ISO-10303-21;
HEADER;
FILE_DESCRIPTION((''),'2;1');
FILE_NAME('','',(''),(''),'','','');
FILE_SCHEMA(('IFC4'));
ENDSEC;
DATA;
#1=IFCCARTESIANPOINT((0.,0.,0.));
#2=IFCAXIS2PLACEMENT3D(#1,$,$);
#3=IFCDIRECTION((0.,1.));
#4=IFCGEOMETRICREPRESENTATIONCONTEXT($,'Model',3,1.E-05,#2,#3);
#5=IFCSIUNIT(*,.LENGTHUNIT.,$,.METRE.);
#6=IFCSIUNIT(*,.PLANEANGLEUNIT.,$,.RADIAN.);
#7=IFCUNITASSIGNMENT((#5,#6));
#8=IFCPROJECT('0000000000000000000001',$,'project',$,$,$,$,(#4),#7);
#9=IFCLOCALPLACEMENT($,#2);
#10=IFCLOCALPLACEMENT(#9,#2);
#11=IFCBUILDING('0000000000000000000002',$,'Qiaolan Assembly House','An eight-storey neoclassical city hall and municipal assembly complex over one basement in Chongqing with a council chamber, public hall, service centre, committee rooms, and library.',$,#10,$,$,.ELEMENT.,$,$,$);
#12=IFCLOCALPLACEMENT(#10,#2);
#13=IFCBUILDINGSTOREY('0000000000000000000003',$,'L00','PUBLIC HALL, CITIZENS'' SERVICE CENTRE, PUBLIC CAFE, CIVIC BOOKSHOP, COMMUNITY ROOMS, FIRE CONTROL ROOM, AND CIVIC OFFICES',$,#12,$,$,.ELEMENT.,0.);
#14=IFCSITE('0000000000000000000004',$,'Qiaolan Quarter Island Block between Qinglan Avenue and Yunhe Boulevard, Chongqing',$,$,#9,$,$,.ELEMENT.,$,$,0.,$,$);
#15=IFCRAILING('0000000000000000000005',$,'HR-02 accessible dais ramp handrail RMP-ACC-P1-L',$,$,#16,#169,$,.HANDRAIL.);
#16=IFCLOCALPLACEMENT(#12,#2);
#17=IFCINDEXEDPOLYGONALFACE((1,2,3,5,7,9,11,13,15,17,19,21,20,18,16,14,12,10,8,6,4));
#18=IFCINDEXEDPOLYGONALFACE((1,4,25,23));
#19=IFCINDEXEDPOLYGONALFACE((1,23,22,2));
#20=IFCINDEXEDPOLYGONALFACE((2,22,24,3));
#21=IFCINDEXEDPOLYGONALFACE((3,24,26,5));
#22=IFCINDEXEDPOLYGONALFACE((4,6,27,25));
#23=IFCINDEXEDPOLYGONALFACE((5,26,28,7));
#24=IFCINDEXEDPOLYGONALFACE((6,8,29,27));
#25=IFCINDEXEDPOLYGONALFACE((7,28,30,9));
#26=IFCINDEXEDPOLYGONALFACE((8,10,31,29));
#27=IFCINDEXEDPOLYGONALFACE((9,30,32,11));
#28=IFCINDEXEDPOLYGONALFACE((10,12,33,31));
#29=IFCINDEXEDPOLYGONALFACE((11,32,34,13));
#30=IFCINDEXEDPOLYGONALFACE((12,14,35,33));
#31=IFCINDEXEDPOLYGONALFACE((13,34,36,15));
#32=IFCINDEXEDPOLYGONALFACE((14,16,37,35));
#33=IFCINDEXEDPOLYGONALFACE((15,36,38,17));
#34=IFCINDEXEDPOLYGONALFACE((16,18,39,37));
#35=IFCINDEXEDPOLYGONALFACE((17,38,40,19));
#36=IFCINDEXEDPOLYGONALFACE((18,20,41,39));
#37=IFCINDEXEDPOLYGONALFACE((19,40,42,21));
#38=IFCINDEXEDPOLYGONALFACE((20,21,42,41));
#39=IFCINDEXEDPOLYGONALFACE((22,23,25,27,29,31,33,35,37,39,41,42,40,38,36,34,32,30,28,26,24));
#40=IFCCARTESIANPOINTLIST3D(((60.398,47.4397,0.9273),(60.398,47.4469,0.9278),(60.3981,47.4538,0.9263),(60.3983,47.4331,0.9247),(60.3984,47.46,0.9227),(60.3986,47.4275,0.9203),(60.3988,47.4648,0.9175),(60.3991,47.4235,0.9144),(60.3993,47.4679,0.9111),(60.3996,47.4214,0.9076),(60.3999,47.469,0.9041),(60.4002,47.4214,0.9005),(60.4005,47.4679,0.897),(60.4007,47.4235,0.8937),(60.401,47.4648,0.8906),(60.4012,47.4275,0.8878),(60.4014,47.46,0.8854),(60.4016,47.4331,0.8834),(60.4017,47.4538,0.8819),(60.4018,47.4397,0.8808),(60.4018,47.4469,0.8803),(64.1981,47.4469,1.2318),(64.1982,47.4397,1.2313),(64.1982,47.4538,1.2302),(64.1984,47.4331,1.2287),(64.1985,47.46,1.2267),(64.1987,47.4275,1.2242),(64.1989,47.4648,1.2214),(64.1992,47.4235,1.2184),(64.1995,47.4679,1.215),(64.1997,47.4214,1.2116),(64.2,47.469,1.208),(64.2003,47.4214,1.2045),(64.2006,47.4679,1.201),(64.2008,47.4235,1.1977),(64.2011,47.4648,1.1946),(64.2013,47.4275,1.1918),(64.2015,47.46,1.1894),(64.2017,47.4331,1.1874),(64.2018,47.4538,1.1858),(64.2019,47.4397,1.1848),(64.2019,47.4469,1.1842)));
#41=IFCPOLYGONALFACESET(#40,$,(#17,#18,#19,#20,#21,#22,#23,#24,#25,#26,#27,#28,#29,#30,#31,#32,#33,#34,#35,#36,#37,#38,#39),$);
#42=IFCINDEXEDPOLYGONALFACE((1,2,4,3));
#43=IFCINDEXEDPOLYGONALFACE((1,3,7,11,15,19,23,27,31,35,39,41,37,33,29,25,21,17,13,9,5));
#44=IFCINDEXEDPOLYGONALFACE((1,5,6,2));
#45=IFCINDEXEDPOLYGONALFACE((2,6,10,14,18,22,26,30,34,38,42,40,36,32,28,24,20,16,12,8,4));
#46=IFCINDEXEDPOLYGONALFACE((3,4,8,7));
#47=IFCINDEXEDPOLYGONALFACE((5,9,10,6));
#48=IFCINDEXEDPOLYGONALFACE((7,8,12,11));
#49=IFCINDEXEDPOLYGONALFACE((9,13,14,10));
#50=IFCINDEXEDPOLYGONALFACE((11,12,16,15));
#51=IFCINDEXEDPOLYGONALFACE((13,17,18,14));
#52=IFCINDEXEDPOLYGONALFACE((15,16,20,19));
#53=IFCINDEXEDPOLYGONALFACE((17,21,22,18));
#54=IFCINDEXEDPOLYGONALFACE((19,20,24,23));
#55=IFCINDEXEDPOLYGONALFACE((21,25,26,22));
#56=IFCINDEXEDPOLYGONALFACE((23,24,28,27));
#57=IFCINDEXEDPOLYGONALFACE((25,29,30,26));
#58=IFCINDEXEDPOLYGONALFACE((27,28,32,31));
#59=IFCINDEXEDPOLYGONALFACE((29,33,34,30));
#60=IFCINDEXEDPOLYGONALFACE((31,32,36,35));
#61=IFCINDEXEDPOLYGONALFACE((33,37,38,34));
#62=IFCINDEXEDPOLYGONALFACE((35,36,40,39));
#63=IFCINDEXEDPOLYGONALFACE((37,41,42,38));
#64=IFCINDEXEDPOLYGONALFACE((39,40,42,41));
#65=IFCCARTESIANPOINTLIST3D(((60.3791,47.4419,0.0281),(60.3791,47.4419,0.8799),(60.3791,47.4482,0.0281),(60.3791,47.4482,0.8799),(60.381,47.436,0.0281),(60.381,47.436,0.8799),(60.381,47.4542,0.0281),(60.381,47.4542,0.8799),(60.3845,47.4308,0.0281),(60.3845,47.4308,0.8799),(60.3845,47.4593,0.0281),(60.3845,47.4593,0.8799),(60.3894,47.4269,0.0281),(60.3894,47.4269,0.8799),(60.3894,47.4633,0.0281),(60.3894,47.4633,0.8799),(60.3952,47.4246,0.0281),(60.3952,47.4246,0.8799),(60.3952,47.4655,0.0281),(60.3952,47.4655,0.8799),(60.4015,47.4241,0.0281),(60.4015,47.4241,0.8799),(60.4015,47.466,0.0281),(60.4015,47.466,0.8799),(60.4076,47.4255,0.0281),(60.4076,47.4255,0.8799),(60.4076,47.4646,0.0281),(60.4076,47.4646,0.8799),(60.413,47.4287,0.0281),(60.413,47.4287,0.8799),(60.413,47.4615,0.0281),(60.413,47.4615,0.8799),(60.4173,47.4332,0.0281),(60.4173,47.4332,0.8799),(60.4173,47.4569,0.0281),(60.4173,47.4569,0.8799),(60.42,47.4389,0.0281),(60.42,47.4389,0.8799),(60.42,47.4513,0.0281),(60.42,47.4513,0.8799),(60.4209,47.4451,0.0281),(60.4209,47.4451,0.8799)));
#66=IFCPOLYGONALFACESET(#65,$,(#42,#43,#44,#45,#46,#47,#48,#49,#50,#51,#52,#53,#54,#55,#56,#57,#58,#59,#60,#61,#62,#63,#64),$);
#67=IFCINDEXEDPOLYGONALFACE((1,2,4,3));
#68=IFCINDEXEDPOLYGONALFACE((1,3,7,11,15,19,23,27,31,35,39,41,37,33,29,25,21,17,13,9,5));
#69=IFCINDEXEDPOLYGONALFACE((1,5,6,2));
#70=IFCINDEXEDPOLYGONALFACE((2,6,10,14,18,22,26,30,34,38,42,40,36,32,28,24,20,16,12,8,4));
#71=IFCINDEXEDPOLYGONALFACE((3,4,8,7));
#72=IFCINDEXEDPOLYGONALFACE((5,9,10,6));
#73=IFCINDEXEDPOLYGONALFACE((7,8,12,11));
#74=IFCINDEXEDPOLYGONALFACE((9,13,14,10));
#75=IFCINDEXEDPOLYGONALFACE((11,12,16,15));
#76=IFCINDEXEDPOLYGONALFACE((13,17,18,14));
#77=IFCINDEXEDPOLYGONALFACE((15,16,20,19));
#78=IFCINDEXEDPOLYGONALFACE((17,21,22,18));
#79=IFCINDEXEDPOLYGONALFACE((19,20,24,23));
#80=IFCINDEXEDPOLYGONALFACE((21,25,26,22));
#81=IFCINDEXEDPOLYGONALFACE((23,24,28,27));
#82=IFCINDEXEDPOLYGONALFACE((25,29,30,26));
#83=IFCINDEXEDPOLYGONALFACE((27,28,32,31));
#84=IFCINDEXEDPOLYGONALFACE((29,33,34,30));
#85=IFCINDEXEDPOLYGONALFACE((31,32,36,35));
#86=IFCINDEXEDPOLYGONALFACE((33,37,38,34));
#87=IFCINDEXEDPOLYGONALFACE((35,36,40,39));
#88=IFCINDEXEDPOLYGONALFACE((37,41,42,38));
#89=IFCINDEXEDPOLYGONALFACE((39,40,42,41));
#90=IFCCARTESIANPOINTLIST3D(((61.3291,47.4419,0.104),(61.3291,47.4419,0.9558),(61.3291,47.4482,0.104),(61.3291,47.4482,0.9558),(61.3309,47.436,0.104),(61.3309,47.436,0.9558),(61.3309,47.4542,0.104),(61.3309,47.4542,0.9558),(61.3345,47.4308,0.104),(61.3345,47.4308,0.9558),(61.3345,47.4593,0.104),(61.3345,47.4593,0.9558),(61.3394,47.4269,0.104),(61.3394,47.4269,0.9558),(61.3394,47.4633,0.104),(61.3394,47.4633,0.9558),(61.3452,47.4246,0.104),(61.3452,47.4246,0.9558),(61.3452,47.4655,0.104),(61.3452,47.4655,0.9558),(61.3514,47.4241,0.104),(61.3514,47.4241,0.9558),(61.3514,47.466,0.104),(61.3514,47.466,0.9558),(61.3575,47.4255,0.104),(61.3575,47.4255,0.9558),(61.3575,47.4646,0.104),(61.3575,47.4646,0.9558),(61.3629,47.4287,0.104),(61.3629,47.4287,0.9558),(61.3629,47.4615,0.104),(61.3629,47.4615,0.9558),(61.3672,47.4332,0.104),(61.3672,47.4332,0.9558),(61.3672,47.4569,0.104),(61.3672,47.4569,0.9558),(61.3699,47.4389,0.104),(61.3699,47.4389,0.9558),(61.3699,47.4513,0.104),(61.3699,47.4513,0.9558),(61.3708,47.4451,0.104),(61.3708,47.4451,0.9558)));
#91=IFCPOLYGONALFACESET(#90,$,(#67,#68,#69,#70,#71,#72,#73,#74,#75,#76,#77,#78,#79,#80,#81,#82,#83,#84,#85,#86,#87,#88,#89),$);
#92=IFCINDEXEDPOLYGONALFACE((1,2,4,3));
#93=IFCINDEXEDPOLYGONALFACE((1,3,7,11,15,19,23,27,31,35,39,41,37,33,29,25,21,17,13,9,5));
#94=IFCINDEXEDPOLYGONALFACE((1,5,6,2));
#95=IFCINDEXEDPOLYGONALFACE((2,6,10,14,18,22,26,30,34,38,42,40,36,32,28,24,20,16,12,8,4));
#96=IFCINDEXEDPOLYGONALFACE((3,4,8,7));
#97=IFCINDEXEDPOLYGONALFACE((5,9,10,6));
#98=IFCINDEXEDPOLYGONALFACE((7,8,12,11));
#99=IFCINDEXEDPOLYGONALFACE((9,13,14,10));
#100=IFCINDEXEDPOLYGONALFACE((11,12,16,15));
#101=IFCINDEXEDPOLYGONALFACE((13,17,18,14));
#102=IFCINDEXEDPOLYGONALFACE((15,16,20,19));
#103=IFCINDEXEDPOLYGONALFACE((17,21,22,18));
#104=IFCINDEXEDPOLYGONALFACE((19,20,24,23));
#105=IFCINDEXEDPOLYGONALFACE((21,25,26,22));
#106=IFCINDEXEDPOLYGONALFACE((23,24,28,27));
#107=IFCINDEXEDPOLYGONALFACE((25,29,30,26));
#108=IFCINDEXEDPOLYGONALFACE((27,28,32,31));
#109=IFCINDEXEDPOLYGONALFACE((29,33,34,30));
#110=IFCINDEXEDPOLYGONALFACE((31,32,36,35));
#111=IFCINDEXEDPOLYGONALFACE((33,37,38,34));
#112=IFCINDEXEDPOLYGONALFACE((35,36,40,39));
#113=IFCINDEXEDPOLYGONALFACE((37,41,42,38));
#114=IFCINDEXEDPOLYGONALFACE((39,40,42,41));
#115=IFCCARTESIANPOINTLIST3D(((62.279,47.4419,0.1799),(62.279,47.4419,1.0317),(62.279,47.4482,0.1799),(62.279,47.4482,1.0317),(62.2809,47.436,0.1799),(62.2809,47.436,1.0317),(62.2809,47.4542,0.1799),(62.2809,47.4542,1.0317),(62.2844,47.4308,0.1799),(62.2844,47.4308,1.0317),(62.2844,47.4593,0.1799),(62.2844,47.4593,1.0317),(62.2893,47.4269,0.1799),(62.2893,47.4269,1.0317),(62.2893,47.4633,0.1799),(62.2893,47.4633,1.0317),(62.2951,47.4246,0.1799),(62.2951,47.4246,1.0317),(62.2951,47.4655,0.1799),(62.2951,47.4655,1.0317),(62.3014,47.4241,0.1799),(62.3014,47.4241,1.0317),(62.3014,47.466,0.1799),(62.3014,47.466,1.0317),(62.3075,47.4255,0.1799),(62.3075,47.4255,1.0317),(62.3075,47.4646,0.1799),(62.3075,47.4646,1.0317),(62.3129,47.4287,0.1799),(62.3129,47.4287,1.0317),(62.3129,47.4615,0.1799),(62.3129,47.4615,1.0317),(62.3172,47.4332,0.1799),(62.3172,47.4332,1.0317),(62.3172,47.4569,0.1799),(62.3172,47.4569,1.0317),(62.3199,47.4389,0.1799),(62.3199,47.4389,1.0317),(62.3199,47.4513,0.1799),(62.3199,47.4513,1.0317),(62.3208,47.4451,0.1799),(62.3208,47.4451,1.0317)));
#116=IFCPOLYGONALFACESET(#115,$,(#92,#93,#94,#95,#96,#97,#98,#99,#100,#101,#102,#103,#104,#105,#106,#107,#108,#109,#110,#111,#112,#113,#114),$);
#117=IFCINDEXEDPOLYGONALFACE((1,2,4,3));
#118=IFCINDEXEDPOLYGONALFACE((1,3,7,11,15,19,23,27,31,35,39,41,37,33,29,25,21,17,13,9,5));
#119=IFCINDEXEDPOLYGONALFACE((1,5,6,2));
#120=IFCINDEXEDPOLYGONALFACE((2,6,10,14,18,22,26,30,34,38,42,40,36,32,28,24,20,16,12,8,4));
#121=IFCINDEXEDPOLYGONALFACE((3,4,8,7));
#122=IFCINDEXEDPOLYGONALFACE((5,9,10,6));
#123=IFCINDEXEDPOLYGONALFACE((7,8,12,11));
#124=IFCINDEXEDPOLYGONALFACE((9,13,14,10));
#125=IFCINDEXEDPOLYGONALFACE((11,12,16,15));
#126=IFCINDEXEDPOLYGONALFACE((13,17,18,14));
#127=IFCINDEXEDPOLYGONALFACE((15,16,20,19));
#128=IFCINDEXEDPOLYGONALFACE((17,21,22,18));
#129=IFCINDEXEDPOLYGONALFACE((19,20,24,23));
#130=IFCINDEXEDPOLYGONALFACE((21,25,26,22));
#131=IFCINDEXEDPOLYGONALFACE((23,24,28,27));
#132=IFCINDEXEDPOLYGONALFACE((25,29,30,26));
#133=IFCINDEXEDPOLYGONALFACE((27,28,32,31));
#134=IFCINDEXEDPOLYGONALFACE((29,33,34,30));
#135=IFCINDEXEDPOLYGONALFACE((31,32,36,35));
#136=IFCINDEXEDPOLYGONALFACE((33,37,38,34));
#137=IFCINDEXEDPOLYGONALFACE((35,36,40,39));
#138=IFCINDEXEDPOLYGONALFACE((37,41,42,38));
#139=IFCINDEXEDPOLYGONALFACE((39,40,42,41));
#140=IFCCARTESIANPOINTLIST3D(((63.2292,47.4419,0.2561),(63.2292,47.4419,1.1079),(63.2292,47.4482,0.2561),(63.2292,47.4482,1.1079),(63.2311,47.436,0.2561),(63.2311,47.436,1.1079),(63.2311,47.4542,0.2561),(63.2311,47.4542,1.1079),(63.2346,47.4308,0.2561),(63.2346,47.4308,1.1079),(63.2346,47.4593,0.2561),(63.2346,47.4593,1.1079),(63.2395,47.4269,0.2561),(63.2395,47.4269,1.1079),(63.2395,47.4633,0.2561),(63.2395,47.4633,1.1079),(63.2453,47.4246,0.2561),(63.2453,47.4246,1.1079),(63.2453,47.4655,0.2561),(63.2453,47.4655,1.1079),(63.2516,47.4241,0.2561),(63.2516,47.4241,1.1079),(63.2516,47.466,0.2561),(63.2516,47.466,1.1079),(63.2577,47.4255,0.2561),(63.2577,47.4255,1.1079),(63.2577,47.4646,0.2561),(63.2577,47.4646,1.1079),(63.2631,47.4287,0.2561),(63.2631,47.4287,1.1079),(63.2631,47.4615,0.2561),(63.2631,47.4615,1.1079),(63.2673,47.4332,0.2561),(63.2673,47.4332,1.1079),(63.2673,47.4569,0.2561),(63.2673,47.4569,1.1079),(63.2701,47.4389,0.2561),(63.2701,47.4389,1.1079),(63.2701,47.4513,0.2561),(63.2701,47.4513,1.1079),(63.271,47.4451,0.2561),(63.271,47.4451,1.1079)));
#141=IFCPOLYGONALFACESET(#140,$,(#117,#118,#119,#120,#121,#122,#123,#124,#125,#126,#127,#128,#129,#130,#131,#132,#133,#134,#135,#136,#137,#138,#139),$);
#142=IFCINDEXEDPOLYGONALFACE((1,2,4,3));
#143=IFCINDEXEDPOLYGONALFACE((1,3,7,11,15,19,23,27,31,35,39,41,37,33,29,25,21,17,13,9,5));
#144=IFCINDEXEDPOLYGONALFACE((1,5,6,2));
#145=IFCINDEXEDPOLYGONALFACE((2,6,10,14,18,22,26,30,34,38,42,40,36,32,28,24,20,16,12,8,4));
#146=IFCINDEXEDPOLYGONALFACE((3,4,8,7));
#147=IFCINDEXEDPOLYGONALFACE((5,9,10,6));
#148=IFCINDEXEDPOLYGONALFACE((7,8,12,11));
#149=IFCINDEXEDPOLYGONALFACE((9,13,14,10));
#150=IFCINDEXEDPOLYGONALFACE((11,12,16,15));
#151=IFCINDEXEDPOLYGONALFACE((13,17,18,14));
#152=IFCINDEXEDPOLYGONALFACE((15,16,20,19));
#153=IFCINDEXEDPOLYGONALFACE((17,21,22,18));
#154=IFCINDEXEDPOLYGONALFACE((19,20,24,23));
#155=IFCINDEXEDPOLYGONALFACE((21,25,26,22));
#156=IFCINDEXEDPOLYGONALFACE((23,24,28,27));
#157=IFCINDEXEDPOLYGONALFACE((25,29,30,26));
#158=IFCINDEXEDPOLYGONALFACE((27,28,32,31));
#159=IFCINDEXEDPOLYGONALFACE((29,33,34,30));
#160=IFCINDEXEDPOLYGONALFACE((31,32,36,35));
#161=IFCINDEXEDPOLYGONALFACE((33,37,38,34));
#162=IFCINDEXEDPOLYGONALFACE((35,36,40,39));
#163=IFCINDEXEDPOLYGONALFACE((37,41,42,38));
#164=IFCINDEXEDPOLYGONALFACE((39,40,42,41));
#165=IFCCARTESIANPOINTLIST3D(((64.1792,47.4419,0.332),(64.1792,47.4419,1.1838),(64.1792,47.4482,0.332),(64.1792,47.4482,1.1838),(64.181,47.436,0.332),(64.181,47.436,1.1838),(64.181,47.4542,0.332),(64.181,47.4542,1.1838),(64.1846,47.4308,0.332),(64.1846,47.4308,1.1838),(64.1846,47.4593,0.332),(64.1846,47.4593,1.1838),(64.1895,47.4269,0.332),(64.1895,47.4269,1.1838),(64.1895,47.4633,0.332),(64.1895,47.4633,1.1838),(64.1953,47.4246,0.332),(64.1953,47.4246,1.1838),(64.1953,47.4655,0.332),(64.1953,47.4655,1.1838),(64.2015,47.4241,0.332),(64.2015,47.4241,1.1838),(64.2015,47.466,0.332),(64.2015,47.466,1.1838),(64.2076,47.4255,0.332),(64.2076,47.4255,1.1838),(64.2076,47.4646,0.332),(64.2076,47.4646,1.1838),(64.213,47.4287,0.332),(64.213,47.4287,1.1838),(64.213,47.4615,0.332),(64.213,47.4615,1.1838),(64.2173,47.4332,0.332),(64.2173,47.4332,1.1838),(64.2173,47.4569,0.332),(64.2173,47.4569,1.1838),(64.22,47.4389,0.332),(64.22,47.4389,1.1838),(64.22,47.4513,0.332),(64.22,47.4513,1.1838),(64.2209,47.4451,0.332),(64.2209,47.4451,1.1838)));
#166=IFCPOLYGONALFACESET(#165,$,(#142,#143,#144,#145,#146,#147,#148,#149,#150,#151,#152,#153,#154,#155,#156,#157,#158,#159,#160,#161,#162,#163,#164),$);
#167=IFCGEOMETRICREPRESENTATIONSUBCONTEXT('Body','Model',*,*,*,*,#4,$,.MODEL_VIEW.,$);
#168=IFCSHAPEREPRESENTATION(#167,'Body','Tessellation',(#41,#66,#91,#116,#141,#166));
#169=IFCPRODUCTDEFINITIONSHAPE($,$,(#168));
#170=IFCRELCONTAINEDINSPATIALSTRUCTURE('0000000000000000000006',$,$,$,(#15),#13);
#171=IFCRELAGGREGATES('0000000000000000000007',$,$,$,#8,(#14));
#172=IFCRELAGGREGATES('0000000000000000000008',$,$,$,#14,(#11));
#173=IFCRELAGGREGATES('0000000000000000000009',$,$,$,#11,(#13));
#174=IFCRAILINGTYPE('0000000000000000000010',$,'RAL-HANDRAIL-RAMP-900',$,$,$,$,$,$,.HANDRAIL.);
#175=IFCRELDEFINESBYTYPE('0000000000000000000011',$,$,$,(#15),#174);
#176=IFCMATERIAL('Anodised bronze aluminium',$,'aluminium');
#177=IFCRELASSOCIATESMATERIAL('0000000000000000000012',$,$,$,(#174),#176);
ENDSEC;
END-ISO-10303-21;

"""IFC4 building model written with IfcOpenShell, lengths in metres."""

from ifc_helpers import new_model, si_unit, direction, frame, origin, origin_2d, place, context, subcontext, project, spatial, circle, extrude, material, type_object, element, save


model = new_model("IFC4")

# Units and contexts
model_context = context("Model", 3, precision=1e-05, world=origin(), true_north=direction((0.0, 1.0)))
body_context = subcontext(model_context, "Body", "Model", "MODEL_VIEW")
ifc_project = project(units=[si_unit("LENGTHUNIT", "METRE"), si_unit("PLANEANGLEUNIT", "RADIAN")], contexts=[model_context])

# Site, building, storey
site_placement = place(None, origin())
site = spatial("IfcSite", under=ifc_project, at=site_placement, Name="Qiaolan Quarter Island Block between Qinglan Avenue and Yunhe Boulevard, Chongqing", CompositionType="ELEMENT", RefElevation=0.0)
building_placement = place(site_placement, origin())
building = spatial("IfcBuilding", under=site, at=building_placement, Name="Qiaolan Assembly House", Description="An eight-storey neoclassical city hall and municipal assembly complex over one basement in Chongqing with a council chamber, public hall, service centre, committee rooms, and library.", CompositionType="ELEMENT")
storey_placement = place(building_placement, origin())
storey = spatial("IfcBuildingStorey", under=building, at=storey_placement, Name="L00", Description="PUBLIC HALL, CITIZENS' SERVICE CENTRE, PUBLIC CAFE, CIVIC BOOKSHOP, COMMUNITY ROOMS, FIRE CONTROL ROOM, AND CIVIC OFFICES", CompositionType="ELEMENT", Elevation=0.0)

# Shared definitions
ifc_material_1 = material(Name="Anodised bronze aluminium", Category="aluminium")

# Railing
railing_type = type_object("IfcRailingType", Name="RAL-HANDRAIL-RAMP-900", PredefinedType="HANDRAIL", material=ifc_material_1)
for number, where, name in (
    (1, (60.3999, 47.4451, 0.0281), "HR-02 accessible dais ramp handrail RMP-ACC-P1-L"),
):
    element("IfcRailing", number, at=place(storey_placement, frame(where)), inside=storey, type_object=railing_type, Name=name, PredefinedType="HANDRAIL", context=body_context, shape_type="SweptSolid", body=[
        extrude(circle(Radius=0.0239, at=origin_2d()), frame((0.0, 0.0, 0.876), z_axis=(0.996816, 0.0, 0.079732), x_axis=(0.0, 1.0, 0.0)), (0.0, 0.0, 1.0), 3.8123),
        extrude(circle(Radius=0.021, at=origin_2d()), origin(), (0.0, 0.0, 1.0), 0.8518),
        extrude(circle(Radius=0.021, at=origin_2d()), frame((0.95, 0.0, 0.0759)), (0.0, 0.0, 1.0), 0.8518),
        extrude(circle(Radius=0.021, at=origin_2d()), frame((1.8999, 0.0, 0.1519)), (0.0, 0.0, 1.0), 0.8518),
        extrude(circle(Radius=0.021, at=origin_2d()), frame((2.8501, 0.0, 0.228)), (0.0, 0.0, 1.0), 0.8518),
        extrude(circle(Radius=0.021, at=origin_2d()), frame((3.8, 0.0, 0.304)), (0.0, 0.0, 1.0), 0.8518),
    ])

save(model, "model.ifc")
